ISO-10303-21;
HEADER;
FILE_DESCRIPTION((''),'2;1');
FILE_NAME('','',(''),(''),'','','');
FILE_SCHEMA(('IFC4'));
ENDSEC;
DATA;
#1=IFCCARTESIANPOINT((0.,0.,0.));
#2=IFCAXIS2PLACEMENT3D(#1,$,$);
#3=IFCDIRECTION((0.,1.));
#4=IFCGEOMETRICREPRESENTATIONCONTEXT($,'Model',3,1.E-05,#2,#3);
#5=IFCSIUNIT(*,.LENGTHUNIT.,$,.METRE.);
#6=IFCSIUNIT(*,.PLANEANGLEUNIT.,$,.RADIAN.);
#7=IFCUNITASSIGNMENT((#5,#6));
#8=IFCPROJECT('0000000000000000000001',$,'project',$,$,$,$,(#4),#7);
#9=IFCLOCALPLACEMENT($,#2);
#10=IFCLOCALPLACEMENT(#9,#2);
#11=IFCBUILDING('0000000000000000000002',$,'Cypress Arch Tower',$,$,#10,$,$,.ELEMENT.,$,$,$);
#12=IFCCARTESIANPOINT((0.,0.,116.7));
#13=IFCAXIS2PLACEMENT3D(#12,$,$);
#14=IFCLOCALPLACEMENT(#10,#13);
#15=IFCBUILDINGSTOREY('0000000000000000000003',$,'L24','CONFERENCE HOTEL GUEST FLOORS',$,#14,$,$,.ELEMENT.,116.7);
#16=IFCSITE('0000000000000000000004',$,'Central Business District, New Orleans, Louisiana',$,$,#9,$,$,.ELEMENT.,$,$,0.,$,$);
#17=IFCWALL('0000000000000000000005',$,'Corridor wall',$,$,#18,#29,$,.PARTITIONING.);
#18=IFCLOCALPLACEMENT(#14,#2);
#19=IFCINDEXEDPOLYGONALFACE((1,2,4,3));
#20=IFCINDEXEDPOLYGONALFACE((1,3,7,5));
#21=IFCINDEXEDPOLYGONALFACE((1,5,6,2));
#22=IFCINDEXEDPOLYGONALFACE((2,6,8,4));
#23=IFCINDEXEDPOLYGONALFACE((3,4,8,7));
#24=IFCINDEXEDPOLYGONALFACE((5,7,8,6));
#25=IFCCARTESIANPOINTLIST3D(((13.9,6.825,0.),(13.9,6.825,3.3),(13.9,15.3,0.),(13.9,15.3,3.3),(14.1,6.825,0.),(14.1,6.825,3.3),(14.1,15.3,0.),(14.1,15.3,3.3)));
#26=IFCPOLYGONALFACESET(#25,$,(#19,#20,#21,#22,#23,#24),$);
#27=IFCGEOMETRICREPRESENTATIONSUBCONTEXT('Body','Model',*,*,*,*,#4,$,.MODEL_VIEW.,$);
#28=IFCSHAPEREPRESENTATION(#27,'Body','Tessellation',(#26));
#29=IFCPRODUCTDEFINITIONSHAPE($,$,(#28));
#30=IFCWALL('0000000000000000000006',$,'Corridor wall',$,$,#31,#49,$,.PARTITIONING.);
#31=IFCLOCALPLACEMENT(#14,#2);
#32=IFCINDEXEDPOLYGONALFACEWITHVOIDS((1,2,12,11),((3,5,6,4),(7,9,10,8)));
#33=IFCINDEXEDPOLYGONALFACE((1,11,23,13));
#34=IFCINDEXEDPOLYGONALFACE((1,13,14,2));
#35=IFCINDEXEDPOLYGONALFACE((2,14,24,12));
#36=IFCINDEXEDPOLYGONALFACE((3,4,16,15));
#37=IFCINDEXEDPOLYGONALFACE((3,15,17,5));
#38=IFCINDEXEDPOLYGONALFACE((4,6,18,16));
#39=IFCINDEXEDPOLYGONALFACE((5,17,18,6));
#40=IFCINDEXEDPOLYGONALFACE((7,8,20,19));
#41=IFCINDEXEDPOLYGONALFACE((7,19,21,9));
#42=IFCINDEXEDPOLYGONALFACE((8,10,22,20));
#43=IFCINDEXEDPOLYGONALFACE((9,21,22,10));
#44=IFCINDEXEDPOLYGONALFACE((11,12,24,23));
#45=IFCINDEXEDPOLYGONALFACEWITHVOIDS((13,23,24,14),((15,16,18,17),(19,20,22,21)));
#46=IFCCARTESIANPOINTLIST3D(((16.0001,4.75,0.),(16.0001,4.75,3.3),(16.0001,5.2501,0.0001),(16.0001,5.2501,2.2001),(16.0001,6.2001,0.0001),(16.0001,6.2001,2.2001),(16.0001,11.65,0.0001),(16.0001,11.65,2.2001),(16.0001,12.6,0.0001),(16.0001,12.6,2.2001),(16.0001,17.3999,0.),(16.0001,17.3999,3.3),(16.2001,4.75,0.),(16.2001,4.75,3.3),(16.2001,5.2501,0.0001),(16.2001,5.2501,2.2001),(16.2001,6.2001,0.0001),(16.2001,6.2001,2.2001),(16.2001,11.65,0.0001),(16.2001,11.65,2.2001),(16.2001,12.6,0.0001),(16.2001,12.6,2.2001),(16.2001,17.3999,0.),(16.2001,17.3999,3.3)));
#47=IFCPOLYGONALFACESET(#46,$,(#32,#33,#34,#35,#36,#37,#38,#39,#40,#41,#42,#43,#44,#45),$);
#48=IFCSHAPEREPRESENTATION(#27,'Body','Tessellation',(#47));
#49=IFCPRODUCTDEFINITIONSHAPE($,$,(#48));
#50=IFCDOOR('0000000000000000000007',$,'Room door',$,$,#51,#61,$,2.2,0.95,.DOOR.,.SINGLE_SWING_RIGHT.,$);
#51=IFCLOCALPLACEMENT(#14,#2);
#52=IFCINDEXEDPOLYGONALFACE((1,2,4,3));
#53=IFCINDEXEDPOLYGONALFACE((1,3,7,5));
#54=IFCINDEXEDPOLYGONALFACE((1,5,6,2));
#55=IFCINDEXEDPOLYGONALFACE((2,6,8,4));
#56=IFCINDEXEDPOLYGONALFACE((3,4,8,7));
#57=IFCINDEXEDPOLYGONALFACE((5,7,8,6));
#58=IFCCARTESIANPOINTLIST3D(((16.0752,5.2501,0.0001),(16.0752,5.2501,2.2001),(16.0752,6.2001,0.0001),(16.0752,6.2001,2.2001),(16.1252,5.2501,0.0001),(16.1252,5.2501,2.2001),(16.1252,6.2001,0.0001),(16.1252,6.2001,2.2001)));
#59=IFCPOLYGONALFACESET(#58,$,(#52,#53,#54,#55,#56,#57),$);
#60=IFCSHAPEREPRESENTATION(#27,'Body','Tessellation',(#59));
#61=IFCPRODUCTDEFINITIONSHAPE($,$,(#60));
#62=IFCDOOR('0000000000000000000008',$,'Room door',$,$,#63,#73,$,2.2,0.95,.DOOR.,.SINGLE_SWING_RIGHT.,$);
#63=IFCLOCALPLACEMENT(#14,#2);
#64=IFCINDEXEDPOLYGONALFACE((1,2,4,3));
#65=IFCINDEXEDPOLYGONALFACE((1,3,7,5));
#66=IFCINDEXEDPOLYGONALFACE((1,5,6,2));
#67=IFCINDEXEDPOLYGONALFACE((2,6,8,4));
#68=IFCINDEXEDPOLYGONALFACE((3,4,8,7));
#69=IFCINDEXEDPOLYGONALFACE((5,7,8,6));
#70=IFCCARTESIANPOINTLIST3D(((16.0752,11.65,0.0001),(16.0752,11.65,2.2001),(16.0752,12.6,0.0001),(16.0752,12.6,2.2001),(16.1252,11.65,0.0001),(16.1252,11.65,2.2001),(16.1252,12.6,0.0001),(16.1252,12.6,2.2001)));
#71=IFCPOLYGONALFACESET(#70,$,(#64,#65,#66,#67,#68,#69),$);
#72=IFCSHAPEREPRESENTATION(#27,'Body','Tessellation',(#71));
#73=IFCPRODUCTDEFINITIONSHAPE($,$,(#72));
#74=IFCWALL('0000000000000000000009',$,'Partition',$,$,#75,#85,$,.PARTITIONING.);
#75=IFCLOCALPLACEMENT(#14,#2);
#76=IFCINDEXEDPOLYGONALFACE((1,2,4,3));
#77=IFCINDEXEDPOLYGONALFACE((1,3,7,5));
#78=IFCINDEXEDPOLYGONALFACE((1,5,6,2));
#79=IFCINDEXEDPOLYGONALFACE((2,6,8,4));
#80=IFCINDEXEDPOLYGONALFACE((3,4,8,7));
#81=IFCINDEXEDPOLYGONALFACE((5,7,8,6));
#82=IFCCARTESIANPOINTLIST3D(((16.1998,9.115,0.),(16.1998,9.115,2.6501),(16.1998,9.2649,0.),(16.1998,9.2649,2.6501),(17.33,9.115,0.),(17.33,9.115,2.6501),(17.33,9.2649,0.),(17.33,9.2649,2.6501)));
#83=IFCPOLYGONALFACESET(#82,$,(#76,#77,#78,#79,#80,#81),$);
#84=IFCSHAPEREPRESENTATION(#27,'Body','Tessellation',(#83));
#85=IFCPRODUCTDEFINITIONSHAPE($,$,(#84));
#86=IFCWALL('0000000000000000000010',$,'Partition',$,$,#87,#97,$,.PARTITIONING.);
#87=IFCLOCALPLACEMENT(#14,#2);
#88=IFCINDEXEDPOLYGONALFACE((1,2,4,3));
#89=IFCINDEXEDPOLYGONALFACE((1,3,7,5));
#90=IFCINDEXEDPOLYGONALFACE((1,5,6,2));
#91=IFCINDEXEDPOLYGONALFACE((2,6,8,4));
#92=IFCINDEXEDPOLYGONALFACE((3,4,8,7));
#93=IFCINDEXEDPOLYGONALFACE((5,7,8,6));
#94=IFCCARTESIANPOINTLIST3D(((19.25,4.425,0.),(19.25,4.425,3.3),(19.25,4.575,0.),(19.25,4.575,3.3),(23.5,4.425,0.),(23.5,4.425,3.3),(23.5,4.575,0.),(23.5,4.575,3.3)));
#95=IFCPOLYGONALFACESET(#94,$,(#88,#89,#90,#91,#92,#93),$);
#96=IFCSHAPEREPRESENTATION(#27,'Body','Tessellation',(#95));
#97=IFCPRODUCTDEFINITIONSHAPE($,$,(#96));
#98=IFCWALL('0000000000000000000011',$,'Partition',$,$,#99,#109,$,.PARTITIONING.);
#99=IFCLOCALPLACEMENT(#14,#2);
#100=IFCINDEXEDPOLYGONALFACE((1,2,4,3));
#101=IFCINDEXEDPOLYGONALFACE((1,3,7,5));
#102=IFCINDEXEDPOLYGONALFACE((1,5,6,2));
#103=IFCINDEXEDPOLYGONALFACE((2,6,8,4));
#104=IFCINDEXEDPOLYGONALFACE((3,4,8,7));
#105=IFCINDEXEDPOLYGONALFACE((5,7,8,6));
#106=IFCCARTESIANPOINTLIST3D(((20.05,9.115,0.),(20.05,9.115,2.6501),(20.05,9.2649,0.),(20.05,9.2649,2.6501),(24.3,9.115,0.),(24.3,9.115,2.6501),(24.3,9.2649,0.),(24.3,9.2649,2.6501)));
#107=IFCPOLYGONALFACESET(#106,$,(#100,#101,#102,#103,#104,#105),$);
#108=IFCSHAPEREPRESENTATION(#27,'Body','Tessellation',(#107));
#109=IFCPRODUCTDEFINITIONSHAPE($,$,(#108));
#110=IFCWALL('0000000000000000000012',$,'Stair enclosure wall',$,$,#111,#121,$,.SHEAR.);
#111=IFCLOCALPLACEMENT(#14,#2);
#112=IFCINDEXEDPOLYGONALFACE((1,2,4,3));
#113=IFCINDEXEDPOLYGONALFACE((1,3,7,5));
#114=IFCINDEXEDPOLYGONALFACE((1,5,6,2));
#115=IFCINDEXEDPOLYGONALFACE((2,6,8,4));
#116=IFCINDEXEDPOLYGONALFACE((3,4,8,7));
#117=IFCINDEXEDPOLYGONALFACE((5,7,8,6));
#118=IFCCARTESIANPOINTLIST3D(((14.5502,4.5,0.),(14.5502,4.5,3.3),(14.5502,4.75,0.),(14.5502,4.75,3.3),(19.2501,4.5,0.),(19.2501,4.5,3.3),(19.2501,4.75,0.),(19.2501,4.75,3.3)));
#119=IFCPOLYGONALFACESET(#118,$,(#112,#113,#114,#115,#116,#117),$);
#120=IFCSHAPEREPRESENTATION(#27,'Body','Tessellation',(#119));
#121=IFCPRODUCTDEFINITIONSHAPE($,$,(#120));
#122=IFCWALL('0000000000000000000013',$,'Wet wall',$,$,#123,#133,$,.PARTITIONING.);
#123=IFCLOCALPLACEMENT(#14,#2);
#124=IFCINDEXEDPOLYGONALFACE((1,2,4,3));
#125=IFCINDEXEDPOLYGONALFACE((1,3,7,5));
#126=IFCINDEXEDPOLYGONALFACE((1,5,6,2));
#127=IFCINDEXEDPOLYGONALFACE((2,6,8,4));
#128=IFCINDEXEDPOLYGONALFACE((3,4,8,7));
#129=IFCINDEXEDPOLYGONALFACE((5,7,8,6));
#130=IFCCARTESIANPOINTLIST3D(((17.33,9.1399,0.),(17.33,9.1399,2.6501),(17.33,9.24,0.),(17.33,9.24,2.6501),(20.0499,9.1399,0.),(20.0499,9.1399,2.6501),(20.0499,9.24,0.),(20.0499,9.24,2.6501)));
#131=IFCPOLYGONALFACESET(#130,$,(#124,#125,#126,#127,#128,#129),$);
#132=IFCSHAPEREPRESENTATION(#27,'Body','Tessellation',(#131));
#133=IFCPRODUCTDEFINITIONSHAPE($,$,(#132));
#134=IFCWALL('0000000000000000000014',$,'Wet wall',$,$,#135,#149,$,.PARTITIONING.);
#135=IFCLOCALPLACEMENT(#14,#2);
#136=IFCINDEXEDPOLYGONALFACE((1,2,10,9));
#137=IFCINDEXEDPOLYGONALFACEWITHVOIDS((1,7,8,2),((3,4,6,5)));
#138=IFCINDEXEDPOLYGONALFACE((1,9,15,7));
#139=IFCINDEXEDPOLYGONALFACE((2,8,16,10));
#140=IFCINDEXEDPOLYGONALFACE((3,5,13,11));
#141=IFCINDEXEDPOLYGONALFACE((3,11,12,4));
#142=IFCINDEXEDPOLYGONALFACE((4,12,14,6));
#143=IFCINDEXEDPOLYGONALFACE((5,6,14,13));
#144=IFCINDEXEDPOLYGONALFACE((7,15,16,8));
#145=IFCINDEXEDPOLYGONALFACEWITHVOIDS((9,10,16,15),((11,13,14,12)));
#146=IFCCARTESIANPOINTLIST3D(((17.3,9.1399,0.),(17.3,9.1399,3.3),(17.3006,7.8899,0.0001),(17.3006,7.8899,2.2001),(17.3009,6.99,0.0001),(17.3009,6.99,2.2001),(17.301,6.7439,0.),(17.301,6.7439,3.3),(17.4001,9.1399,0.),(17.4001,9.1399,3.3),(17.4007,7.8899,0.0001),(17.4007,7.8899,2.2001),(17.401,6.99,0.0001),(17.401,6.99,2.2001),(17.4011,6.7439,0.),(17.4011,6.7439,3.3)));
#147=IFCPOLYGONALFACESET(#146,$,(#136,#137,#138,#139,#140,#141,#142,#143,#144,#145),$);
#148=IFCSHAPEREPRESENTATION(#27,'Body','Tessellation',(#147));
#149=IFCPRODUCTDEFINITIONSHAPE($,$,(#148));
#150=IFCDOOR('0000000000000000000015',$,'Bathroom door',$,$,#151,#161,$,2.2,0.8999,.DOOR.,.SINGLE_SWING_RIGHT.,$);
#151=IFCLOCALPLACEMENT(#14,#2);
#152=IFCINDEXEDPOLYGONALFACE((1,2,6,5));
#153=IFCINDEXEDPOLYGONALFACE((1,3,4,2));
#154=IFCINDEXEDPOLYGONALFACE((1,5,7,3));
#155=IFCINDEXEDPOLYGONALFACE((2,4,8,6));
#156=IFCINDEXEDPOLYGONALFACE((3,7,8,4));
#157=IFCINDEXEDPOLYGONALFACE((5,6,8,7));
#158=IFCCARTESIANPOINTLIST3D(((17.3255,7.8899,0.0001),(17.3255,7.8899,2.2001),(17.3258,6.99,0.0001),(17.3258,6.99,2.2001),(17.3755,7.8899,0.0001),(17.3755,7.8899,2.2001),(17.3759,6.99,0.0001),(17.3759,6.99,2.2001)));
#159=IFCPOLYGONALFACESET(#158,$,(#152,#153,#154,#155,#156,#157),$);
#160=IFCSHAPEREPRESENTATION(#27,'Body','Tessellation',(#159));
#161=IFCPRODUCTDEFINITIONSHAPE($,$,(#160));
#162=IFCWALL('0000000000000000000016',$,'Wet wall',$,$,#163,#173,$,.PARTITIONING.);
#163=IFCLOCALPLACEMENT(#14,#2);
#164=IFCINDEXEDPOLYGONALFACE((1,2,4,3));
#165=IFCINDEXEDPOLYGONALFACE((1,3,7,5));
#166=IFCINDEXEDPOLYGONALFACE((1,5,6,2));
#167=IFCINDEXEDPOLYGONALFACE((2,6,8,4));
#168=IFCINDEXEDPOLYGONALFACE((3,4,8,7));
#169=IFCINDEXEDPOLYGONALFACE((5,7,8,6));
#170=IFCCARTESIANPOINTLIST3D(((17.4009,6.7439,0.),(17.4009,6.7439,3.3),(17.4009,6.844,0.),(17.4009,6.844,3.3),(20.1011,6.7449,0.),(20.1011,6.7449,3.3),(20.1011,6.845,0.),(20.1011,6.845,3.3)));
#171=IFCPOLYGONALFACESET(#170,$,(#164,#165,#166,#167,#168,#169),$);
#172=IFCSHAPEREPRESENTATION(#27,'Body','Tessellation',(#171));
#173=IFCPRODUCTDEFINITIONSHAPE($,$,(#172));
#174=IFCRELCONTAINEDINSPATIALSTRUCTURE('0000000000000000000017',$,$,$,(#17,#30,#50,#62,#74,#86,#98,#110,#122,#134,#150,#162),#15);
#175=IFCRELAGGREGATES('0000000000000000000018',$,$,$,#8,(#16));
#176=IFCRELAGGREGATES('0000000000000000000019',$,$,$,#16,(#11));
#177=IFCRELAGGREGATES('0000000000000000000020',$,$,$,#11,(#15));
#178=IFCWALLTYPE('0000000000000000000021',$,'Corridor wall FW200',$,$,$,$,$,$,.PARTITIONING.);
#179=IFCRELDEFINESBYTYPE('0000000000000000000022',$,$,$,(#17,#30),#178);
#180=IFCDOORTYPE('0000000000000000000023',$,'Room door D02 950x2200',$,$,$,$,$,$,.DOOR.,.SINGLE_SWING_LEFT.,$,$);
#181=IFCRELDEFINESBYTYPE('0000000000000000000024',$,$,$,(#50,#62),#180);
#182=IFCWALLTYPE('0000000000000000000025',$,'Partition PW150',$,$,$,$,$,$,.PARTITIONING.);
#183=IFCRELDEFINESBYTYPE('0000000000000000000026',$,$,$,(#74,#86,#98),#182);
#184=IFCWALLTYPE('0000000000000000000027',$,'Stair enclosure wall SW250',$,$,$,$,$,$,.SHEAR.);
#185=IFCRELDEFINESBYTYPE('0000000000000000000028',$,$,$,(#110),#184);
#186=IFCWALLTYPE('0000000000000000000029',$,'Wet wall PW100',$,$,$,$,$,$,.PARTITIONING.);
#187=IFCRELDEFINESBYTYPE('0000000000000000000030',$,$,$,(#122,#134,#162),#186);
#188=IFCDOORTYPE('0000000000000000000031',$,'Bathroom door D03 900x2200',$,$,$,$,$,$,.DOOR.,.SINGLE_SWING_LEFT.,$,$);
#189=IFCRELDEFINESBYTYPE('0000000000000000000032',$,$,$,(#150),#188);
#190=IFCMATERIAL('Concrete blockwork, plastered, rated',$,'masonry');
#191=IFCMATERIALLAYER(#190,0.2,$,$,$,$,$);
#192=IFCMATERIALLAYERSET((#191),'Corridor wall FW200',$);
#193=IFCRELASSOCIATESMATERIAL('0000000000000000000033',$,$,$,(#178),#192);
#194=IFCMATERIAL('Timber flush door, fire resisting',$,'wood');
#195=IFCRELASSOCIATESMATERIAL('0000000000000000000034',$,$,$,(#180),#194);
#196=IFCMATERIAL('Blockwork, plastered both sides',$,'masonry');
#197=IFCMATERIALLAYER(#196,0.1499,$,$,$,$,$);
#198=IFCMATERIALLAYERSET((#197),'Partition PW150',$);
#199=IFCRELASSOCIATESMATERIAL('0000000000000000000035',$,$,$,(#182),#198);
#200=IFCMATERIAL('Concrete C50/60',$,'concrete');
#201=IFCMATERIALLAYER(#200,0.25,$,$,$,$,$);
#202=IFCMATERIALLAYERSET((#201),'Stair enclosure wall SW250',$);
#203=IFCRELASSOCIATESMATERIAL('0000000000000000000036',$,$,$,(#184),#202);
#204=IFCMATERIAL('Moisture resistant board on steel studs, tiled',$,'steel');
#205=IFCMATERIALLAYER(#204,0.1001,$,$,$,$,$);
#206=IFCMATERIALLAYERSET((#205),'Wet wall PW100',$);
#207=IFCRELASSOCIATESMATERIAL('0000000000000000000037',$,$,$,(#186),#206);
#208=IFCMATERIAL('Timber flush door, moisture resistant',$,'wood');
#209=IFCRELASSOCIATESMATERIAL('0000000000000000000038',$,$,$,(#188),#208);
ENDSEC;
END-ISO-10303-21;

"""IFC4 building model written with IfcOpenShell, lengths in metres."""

from ifc_helpers import new_model, si_unit, direction, frame, frame_2d, origin, place, context, subcontext, project, spatial, rectangle, extrude, material, layer, layer_set, type_object, element, fill, save


model = new_model("IFC4")

# Units and contexts
model_context = context("Model", 3, precision=1e-05, world=origin(), true_north=direction((0.0, 1.0)))
body_context = subcontext(model_context, "Body", "Model", "MODEL_VIEW")
ifc_project = project(units=[si_unit("LENGTHUNIT", "METRE"), si_unit("PLANEANGLEUNIT", "RADIAN")], contexts=[model_context])

# Site, building, storey
site_placement = place(None, origin())
site = spatial("IfcSite", under=ifc_project, at=site_placement, Name="Central Business District, New Orleans, Louisiana", CompositionType="ELEMENT", RefElevation=0.0)
building_placement = place(site_placement, origin())
building = spatial("IfcBuilding", under=site, at=building_placement, Name="Cypress Arch Tower", CompositionType="ELEMENT")
storey_placement = place(building_placement, frame((0.0, 0.0, 116.7)))
storey = spatial("IfcBuildingStorey", under=building, at=storey_placement, Name="L24", Description="CONFERENCE HOTEL GUEST FLOORS", CompositionType="ELEMENT", Elevation=116.7)

# Shared definitions
ifc_material_1 = material(Name="Concrete blockwork, plastered, rated", Category="masonry")
ifc_layer_1 = layer(ifc_material_1, 0.2)
ifc_layer_set_1 = layer_set([ifc_layer_1], Name="Corridor wall FW200")
wall_type_1 = type_object("IfcWallType", Name="Corridor wall FW200", PredefinedType="PARTITIONING", material=ifc_layer_set_1)

# Wall
wall_1_placement = place(storey_placement, frame((14.0, 6.825, 0.0), z_axis=(0.0, 0.0, 1.0), x_axis=(0.0, 1.0, 0.0)))
element("IfcWall", 1, at=wall_1_placement, inside=storey, type_object=wall_type_1, Name="Corridor wall", PredefinedType="PARTITIONING", context=body_context, shape_type="SweptSolid", body=[
    extrude(rectangle(XDim=8.4751, YDim=0.2, at=frame_2d((4.2375, 0.0))), origin(), (0.0, 0.0, 1.0), 3.3),
])

# Wall, openings, doors
wall_2_placement = place(storey_placement, frame((16.1001, 4.75, 0.0), z_axis=(0.0, 0.0, 1.0), x_axis=(0.0, 1.0, 0.0)))
wall_2 = element("IfcWall", 2, at=wall_2_placement, inside=storey, type_object=wall_type_1, Name="Corridor wall", PredefinedType="PARTITIONING", context=body_context, shape_type="SweptSolid", body=[
    extrude(rectangle(XDim=12.6499, YDim=0.2, at=frame_2d((6.325, 0.0))), origin(), (0.0, 0.0, 1.0), 3.3),
])
opening_1_placement = place(wall_2_placement, frame((0.5, 0.0, 0.0)))
opening_1 = element("IfcOpeningElement", 3, at=opening_1_placement, cuts=wall_2, PredefinedType="OPENING", context=body_context, shape_type="SweptSolid", body=[
    extrude(rectangle(XDim=0.95, YDim=2.2, at=frame_2d((0.4751, 1.1001))), frame((0.0, 0.1099, 0.0), z_axis=(0.0, -1.0, 0.0), x_axis=(1.0, 0.0, 0.0)), (0.0, 0.0, 1.0), 0.22),
])
opening_2_placement = place(wall_2_placement, frame((6.8999, 0.0, 0.0)))
opening_2 = element("IfcOpeningElement", 4, at=opening_2_placement, cuts=wall_2, PredefinedType="OPENING", context=body_context, shape_type="SweptSolid", body=[
    extrude(rectangle(XDim=0.95, YDim=2.2, at=frame_2d((0.4751, 1.1001))), frame((0.0, 0.1099, 0.0), z_axis=(0.0, -1.0, 0.0), x_axis=(1.0, 0.0, 0.0)), (0.0, 0.0, 1.0), 0.22),
])
ifc_material_2 = material(Name="Timber flush door, fire resisting", Category="wood")
door_type_1 = type_object("IfcDoorType", Name="Room door D02 950x2200", OperationType="SINGLE_SWING_LEFT", PredefinedType="DOOR", material=ifc_material_2)
door_1_placement = place(opening_1_placement, origin())
door_1 = element("IfcDoor", 5, at=door_1_placement, inside=storey, type_object=door_type_1, Name="Room door", OperationType="SINGLE_SWING_RIGHT", OverallHeight=2.2, OverallWidth=0.95, PredefinedType="DOOR", context=body_context, shape_type="SweptSolid", body=[
    extrude(rectangle(XDim=0.95, YDim=2.2, at=frame_2d((0.4751, 1.1001))), frame((0.0, 0.0249, 0.0), z_axis=(0.0, -1.0, 0.0), x_axis=(1.0, 0.0, 0.0)), (0.0, 0.0, 1.0), 0.05),
])
fill(opening_1, door_1)
door_2_placement = place(opening_2_placement, origin())
door_2 = element("IfcDoor", 6, at=door_2_placement, inside=storey, type_object=door_type_1, Name="Room door", OperationType="SINGLE_SWING_RIGHT", OverallHeight=2.2, OverallWidth=0.95, PredefinedType="DOOR", context=body_context, shape_type="SweptSolid", body=[
    extrude(rectangle(XDim=0.95, YDim=2.2, at=frame_2d((0.4751, 1.1001))), frame((0.0, 0.0249, 0.0), z_axis=(0.0, -1.0, 0.0), x_axis=(1.0, 0.0, 0.0)), (0.0, 0.0, 1.0), 0.05),
])
fill(opening_2, door_2)

# Walls
ifc_material_3 = material(Name="Blockwork, plastered both sides", Category="masonry")
ifc_layer_2 = layer(ifc_material_3, 0.1499)
ifc_layer_set_2 = layer_set([ifc_layer_2], Name="Partition PW150")
wall_type_2 = type_object("IfcWallType", Name="Partition PW150", PredefinedType="PARTITIONING", material=ifc_layer_set_2)
wall_3_placement = place(storey_placement, frame((16.2, 9.1899, 0.0), z_axis=(0.0, 0.0, 1.0), x_axis=(1.0, 0.0, 0.0)))
element("IfcWall", 7, at=wall_3_placement, inside=storey, type_object=wall_type_2, Name="Partition", PredefinedType="PARTITIONING", context=body_context, shape_type="SweptSolid", body=[
    extrude(rectangle(XDim=1.1301, YDim=0.1499, at=frame_2d((0.5649, 0.0))), origin(), (0.0, 0.0, 1.0), 2.6501),
])
wall_4_placement = place(storey_placement, frame((19.25, 4.5, 0.0), z_axis=(0.0, 0.0, 1.0), x_axis=(1.0, 0.0, 0.0)))
element("IfcWall", 8, at=wall_4_placement, inside=storey, type_object=wall_type_2, Name="Partition", PredefinedType="PARTITIONING", context=body_context, shape_type="SweptSolid", body=[
    extrude(rectangle(XDim=4.25, YDim=0.1499, at=frame_2d((2.125, 0.0))), origin(), (0.0, 0.0, 1.0), 3.3),
])
wall_5_placement = place(storey_placement, frame((20.05, 9.1899, 0.0), z_axis=(0.0, 0.0, 1.0), x_axis=(1.0, 0.0, 0.0)))
element("IfcWall", 9, at=wall_5_placement, inside=storey, type_object=wall_type_2, Name="Partition", PredefinedType="PARTITIONING", context=body_context, shape_type="SweptSolid", body=[
    extrude(rectangle(XDim=4.25, YDim=0.1499, at=frame_2d((2.125, 0.0))), origin(), (0.0, 0.0, 1.0), 2.6501),
])
ifc_material_4 = material(Name="Concrete C50/60", Category="concrete")
ifc_layer_3 = layer(ifc_material_4, 0.25)
ifc_layer_set_3 = layer_set([ifc_layer_3], Name="Stair enclosure wall SW250")
wall_type_3 = type_object("IfcWallType", Name="Stair enclosure wall SW250", PredefinedType="SHEAR", material=ifc_layer_set_3)
wall_6_placement = place(storey_placement, frame((14.55, 4.625, 0.0), z_axis=(0.0, 0.0, 1.0), x_axis=(1.0, 0.0, 0.0)))
element("IfcWall", 10, at=wall_6_placement, inside=storey, type_object=wall_type_3, Name="Stair enclosure wall", PredefinedType="SHEAR", context=body_context, shape_type="SweptSolid", body=[
    extrude(rectangle(XDim=4.7, YDim=0.25, at=frame_2d((2.3501, 0.0))), origin(), (0.0, 0.0, 1.0), 3.3),
])
ifc_material_5 = material(Name="Moisture resistant board on steel studs, tiled", Category="steel")
ifc_layer_4 = layer(ifc_material_5, 0.1001)
ifc_layer_set_4 = layer_set([ifc_layer_4], Name="Wet wall PW100")
wall_type_4 = type_object("IfcWallType", Name="Wet wall PW100", PredefinedType="PARTITIONING", material=ifc_layer_set_4)
wall_7_placement = place(storey_placement, frame((17.3301, 9.1899, 0.0), z_axis=(0.0, 0.0, 1.0), x_axis=(1.0, 0.0, 0.0)))
element("IfcWall", 11, at=wall_7_placement, inside=storey, type_object=wall_type_4, Name="Wet wall", PredefinedType="PARTITIONING", context=body_context, shape_type="SweptSolid", body=[
    extrude(rectangle(XDim=2.72, YDim=0.1001, at=frame_2d((1.3599, 0.0))), origin(), (0.0, 0.0, 1.0), 2.6501),
])

# Wall, opening, door
wall_8_placement = place(storey_placement, frame((17.3501, 9.1399, 0.0), z_axis=(0.0, 0.0, 1.0), x_axis=(0.000408, -1.0, 0.0)))
wall_8 = element("IfcWall", 12, at=wall_8_placement, inside=storey, type_object=wall_type_4, Name="Wet wall", PredefinedType="PARTITIONING", context=body_context, shape_type="SweptSolid", body=[
    extrude(rectangle(XDim=2.396, YDim=0.1001, at=frame_2d((1.198, 0.0))), origin(), (0.0, 0.0, 1.0), 3.3),
])
opening_3_placement = place(wall_8_placement, frame((1.25, 0.0, 0.0)))
opening_3 = element("IfcOpeningElement", 13, at=opening_3_placement, cuts=wall_8, PredefinedType="OPENING", context=body_context, shape_type="SweptSolid", body=[
    extrude(rectangle(XDim=0.8999, YDim=2.2, at=frame_2d((0.45, 1.1001))), frame((0.0, 0.0601, 0.0), z_axis=(0.0, -1.0, 0.0), x_axis=(1.0, 0.0, 0.0)), (0.0, 0.0, 1.0), 0.1201),
])
ifc_material_6 = material(Name="Timber flush door, moisture resistant", Category="wood")
door_type_2 = type_object("IfcDoorType", Name="Bathroom door D03 900x2200", OperationType="SINGLE_SWING_LEFT", PredefinedType="DOOR", material=ifc_material_6)
door_3_placement = place(opening_3_placement, origin())
door_3 = element("IfcDoor", 14, at=door_3_placement, inside=storey, type_object=door_type_2, Name="Bathroom door", OperationType="SINGLE_SWING_RIGHT", OverallHeight=2.2, OverallWidth=0.8999, PredefinedType="DOOR", context=body_context, shape_type="SweptSolid", body=[
    extrude(rectangle(XDim=0.8999, YDim=2.2, at=frame_2d((0.45, 1.1001))), frame((0.0, 0.0249, 0.0), z_axis=(0.0, -1.0, 0.0), x_axis=(1.0, 0.0, 0.0)), (0.0, 0.0, 1.0), 0.05),
])
fill(opening_3, door_3)

# Wall
wall_9_placement = place(storey_placement, frame((17.4009, 6.7939, 0.0), z_axis=(0.0, 0.0, 1.0), x_axis=(1.0, 0.000362, 0.0)))
element("IfcWall", 15, at=wall_9_placement, inside=storey, type_object=wall_type_4, Name="Wet wall", PredefinedType="PARTITIONING", context=body_context, shape_type="SweptSolid", body=[
    extrude(rectangle(XDim=2.7002, YDim=0.1001, at=frame_2d((1.3501, 0.0))), origin(), (0.0, 0.0, 1.0), 3.3),
])

save(model, "model.ifc")
